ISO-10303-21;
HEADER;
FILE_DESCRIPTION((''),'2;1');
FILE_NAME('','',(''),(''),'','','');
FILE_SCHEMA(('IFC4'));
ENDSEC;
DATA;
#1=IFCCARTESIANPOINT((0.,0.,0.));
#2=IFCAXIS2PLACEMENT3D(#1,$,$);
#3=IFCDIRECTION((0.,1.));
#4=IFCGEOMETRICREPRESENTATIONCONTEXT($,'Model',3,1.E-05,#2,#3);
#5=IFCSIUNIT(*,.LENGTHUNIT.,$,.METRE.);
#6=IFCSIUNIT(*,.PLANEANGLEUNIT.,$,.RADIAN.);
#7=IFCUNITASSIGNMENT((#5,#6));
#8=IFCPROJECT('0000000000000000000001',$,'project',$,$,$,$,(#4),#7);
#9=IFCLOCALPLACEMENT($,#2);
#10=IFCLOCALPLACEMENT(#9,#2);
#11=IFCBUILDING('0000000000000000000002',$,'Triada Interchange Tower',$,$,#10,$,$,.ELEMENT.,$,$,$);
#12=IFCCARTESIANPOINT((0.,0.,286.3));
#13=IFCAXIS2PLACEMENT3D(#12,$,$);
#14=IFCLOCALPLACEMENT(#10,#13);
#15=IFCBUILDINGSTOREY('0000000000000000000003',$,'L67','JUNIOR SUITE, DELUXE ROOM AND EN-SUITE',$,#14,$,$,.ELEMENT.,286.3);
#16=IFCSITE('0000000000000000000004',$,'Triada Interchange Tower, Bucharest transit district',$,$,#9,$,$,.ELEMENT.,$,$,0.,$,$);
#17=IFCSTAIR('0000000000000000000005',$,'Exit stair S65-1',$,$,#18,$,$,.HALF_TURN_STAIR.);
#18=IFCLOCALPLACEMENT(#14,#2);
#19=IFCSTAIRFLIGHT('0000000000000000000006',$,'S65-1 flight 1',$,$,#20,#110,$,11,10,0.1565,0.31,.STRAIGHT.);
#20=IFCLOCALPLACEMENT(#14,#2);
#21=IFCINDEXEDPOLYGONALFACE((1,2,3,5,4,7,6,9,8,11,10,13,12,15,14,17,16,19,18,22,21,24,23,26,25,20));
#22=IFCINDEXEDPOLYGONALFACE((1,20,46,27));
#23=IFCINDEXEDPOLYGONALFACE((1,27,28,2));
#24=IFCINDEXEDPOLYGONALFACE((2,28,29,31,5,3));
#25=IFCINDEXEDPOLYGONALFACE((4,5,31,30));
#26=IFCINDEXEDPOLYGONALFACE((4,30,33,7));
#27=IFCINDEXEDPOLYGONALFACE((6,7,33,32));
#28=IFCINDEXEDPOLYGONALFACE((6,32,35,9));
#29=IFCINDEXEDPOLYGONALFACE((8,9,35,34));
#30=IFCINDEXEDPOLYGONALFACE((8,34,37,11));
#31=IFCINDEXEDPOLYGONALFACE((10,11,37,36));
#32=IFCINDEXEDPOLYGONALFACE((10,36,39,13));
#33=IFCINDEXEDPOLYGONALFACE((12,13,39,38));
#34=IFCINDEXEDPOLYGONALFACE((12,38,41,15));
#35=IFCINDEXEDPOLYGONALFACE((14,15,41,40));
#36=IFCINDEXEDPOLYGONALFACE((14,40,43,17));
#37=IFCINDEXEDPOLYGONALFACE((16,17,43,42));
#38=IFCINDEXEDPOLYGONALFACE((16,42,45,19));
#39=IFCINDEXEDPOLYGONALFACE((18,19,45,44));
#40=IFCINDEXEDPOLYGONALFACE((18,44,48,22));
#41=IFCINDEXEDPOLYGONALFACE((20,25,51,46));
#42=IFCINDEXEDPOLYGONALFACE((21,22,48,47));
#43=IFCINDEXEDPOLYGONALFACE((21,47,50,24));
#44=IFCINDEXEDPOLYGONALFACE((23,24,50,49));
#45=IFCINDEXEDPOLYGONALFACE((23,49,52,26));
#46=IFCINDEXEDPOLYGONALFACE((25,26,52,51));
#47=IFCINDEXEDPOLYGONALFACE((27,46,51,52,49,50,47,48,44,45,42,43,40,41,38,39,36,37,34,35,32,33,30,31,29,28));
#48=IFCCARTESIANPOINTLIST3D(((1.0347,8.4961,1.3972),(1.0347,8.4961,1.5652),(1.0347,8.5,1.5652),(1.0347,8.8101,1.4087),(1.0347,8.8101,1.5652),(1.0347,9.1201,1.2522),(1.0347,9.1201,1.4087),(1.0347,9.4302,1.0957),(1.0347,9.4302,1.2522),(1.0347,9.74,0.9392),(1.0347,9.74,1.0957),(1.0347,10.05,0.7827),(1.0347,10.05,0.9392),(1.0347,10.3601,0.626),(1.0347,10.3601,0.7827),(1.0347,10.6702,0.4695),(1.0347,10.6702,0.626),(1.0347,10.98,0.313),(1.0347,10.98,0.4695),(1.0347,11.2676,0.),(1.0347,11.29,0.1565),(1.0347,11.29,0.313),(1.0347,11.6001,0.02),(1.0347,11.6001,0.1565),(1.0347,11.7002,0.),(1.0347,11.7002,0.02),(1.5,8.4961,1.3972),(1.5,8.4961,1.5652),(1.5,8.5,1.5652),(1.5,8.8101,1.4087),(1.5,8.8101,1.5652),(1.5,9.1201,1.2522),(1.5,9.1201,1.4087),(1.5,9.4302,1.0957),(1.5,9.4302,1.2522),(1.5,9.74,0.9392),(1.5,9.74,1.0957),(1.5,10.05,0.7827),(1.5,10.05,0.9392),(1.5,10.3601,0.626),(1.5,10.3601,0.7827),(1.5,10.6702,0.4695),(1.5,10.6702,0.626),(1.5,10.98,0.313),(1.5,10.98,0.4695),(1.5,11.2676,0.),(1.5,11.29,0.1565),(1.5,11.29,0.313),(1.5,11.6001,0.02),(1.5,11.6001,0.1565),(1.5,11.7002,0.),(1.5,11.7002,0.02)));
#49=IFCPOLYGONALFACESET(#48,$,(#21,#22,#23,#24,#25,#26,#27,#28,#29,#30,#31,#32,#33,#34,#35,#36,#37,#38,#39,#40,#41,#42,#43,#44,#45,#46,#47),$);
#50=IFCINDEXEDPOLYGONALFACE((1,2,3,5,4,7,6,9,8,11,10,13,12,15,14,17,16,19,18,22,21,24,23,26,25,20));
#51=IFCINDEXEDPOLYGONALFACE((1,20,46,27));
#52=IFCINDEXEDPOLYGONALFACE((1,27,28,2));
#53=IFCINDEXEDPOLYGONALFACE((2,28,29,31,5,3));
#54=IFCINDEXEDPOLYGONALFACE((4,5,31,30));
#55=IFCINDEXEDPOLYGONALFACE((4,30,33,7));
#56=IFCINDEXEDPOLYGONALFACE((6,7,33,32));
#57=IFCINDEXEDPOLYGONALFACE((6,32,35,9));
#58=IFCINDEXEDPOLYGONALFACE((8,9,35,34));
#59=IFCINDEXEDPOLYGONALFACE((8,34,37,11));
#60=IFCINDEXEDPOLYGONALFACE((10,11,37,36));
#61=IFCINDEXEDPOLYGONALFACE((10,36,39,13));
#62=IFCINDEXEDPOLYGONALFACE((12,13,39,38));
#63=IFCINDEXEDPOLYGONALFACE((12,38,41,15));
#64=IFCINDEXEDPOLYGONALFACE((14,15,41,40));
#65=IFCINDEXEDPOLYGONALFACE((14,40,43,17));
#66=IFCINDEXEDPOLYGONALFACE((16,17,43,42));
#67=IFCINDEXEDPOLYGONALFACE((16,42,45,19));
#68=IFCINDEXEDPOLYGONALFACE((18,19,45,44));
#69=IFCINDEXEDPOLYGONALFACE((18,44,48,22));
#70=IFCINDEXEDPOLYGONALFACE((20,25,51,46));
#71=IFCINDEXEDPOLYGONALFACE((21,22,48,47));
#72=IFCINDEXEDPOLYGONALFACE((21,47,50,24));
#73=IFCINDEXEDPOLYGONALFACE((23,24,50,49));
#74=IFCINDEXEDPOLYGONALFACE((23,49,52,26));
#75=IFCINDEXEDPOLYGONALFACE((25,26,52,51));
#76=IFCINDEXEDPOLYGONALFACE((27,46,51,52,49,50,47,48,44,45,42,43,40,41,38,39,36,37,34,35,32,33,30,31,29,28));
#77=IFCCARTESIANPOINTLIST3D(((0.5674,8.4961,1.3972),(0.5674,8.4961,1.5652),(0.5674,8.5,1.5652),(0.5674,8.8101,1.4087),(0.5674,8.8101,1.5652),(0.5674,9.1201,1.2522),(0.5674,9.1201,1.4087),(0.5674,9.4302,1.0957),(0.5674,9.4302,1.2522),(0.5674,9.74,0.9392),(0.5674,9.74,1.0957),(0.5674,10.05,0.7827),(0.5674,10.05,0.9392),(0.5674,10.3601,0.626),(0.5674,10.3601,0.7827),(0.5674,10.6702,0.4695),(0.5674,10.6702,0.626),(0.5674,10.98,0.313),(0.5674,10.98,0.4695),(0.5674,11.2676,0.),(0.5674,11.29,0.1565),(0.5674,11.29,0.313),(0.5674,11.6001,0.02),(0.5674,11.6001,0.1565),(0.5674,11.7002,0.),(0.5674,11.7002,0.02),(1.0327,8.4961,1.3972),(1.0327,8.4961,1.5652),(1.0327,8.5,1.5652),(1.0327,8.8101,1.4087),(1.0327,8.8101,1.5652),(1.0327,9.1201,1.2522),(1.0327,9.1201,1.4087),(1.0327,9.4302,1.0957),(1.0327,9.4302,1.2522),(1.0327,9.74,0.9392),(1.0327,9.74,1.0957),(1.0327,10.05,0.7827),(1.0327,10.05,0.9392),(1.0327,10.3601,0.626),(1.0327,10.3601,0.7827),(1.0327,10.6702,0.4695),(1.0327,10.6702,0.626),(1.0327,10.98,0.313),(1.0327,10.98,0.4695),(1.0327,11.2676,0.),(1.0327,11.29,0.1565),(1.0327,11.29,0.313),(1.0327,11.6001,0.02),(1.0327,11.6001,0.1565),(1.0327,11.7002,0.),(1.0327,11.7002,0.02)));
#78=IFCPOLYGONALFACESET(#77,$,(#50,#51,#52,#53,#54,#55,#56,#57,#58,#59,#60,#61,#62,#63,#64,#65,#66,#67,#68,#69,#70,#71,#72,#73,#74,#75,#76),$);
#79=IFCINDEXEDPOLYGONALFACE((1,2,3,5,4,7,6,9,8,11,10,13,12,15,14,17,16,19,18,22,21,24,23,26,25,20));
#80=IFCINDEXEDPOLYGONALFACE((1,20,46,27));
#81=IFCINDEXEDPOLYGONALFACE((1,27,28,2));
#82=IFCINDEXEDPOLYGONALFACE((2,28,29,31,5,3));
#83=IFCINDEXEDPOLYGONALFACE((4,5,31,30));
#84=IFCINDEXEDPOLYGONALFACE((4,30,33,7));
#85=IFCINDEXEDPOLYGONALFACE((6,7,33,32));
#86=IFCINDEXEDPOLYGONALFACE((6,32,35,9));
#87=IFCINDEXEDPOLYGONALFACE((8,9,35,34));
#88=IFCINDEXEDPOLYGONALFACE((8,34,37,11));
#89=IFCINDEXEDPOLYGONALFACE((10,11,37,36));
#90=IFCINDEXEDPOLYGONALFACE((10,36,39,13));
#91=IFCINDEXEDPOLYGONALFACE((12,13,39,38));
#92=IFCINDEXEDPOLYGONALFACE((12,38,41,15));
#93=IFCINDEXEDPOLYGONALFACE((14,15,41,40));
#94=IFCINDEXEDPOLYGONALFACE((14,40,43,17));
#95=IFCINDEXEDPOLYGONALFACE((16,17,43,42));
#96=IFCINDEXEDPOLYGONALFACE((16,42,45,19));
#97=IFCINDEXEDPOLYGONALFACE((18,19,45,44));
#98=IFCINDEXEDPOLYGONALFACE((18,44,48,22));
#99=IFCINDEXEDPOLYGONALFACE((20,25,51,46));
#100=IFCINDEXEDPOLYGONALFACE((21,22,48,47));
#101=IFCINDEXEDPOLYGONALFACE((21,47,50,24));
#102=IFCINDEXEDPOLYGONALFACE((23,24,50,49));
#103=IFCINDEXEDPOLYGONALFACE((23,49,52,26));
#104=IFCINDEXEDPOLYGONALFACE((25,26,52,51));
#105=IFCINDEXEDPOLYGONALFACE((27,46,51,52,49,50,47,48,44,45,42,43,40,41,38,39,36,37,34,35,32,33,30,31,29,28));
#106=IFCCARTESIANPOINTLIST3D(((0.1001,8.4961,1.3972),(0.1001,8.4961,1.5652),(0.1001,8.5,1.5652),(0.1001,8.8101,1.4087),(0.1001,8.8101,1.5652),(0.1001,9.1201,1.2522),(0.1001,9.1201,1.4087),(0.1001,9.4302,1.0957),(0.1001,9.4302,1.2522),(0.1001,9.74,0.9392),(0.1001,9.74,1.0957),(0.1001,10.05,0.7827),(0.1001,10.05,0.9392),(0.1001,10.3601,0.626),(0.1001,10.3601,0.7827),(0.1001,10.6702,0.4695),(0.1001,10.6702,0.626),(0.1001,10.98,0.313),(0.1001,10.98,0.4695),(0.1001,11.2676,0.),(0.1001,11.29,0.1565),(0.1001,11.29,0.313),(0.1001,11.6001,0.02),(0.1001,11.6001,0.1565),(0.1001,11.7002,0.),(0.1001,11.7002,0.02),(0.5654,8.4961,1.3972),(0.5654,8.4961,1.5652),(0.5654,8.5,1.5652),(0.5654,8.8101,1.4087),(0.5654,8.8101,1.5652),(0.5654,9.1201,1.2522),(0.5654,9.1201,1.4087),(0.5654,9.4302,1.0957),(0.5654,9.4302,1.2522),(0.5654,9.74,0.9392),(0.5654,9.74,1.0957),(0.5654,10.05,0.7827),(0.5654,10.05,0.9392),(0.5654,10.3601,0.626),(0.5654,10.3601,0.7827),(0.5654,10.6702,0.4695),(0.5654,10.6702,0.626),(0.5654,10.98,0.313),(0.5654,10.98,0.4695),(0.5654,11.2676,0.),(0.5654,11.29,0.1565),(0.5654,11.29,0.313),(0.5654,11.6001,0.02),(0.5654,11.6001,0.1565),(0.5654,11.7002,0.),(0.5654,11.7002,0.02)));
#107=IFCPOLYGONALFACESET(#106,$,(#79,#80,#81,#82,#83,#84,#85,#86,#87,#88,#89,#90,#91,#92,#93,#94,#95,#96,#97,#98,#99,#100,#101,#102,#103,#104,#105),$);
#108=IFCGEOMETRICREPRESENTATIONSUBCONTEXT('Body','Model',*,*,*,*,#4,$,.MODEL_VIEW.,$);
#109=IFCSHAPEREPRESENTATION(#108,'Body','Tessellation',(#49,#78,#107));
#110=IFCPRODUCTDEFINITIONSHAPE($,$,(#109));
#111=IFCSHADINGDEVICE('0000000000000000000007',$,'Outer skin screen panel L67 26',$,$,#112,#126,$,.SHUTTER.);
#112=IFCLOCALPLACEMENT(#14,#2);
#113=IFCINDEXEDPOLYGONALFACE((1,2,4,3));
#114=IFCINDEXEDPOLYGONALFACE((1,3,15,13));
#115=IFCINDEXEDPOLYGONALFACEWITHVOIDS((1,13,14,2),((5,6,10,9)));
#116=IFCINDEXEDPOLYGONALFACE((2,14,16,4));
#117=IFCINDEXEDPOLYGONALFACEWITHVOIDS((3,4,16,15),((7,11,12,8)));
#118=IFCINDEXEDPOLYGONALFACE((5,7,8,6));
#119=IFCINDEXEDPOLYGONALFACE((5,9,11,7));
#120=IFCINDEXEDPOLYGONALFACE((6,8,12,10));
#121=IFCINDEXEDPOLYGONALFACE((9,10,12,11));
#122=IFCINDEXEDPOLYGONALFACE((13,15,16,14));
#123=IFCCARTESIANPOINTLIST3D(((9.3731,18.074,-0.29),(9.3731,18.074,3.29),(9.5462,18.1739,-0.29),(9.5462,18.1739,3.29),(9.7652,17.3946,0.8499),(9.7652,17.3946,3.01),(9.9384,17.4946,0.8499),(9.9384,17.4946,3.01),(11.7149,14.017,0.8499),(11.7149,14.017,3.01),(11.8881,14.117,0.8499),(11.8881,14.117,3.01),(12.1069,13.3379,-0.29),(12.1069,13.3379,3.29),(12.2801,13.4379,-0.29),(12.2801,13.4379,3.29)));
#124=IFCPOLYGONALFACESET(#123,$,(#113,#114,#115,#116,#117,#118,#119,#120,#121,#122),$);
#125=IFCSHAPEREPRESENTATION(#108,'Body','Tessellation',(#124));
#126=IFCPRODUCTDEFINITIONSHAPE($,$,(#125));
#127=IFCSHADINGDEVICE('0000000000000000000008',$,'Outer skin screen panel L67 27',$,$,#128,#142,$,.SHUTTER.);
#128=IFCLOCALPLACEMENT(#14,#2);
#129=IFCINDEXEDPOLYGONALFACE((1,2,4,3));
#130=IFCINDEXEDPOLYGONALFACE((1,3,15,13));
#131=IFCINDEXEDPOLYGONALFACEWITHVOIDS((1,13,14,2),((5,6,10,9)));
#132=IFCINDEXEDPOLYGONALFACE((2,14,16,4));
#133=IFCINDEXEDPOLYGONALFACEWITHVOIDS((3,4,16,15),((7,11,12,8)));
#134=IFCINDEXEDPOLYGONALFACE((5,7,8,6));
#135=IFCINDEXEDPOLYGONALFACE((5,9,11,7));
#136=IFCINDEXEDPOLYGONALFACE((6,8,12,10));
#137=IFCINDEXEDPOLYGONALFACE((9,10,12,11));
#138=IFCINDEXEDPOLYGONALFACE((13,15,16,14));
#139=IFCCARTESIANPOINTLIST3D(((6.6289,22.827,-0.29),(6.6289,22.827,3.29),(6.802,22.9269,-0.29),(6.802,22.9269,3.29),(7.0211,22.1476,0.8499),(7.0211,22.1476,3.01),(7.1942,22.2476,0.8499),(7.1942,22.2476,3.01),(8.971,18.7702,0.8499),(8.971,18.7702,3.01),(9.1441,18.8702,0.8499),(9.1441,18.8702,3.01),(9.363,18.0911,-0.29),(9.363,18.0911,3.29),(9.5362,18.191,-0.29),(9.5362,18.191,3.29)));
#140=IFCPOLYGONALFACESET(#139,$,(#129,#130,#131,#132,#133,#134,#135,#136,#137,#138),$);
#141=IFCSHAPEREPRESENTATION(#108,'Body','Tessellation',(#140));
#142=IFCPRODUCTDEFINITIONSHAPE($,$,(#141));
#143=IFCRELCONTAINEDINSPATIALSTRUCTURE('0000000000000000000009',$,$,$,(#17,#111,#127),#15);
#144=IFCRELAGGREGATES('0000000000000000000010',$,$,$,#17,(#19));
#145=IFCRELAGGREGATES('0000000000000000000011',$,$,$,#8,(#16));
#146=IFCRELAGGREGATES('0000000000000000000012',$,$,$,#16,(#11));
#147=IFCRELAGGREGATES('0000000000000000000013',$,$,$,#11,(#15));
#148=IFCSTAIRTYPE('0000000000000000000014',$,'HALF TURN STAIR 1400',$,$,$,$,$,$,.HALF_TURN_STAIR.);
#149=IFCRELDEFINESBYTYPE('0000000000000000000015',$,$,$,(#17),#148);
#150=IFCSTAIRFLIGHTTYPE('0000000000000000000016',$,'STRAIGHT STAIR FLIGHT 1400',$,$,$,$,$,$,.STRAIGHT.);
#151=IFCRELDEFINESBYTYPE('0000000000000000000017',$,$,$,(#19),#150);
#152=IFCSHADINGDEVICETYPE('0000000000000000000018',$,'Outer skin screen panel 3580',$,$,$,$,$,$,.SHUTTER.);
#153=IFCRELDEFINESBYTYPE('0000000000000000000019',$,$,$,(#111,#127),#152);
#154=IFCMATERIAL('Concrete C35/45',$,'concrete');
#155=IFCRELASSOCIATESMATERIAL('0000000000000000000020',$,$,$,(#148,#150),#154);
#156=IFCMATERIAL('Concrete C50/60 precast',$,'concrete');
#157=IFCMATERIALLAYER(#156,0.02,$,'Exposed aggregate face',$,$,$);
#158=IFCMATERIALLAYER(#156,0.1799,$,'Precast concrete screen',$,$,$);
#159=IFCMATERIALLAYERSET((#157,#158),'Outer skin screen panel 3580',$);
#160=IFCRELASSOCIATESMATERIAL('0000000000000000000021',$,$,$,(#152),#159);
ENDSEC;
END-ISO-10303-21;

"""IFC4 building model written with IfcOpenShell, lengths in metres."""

from ifc_helpers import new_model, si_unit, direction, frame, origin, place, context, subcontext, project, spatial, polyline, outline, extrude, material, layer, layer_set, type_object, element, aggregate, save


model = new_model("IFC4")

# Units and contexts
model_context = context("Model", 3, precision=1e-05, world=origin(), true_north=direction((0.0, 1.0)))
body_context = subcontext(model_context, "Body", "Model", "MODEL_VIEW")
ifc_project = project(units=[si_unit("LENGTHUNIT", "METRE"), si_unit("PLANEANGLEUNIT", "RADIAN")], contexts=[model_context])

# Site, building, storey
site_placement = place(None, origin())
site = spatial("IfcSite", under=ifc_project, at=site_placement, Name="Triada Interchange Tower, Bucharest transit district", CompositionType="ELEMENT", RefElevation=0.0)
building_placement = place(site_placement, origin())
building = spatial("IfcBuilding", under=site, at=building_placement, Name="Triada Interchange Tower", CompositionType="ELEMENT")
storey_placement = place(building_placement, frame((0.0, 0.0, 286.3)))
storey = spatial("IfcBuildingStorey", under=building, at=storey_placement, Name="L67", Description="JUNIOR SUITE, DELUXE ROOM AND EN-SUITE", CompositionType="ELEMENT", Elevation=286.3)

# Stair, stair flight
ifc_material_1 = material(Name="Concrete C35/45", Category="concrete")
stair_type = type_object("IfcStairType", Name="HALF TURN STAIR 1400", PredefinedType="HALF_TURN_STAIR", material=ifc_material_1)
stair_placement = place(storey_placement, origin())
stair = element("IfcStair", 1, at=stair_placement, inside=storey, type_object=stair_type, Name="Exit stair S65-1", PredefinedType="HALF_TURN_STAIR")
stair_flight_type = type_object("IfcStairFlightType", Name="STRAIGHT STAIR FLIGHT 1400", PredefinedType="STRAIGHT", material=ifc_material_1)
stair_flight_placement = place(storey_placement, frame((0.8, 11.6001, 0.0), z_axis=(0.0, 0.0, 1.0), x_axis=(0.0, -1.0, 0.0)))
stair_flight = element("IfcStairFlight", 2, at=stair_flight_placement, type_object=stair_flight_type, Name="S65-1 flight 1", NumberOfRisers=11, NumberOfTreads=10, PredefinedType="STRAIGHT", RiserHeight=0.1565, TreadLength=0.31, context=body_context, shape_type="SweptSolid", body=[
    extrude(outline(polyline([(-0.1001, 0.0), (-0.1001, 0.02), (0.0, 0.02), (0.0, 0.1565), (0.3101, 0.1565), (0.3101, 0.313), (0.6201, 0.313), (0.6201, 0.4695), (0.9299, 0.4695), (0.9299, 0.626), (1.24, 0.626), (1.24, 0.7827), (1.55, 0.7827), (1.55, 0.9392), (1.8601, 0.9392), (1.8601, 1.0957), (2.1699, 1.0957), (2.1699, 1.2522), (2.48, 1.2522), (2.48, 1.4087), (2.79, 1.4087), (2.79, 1.5652), (3.1001, 1.5652), (3.104, 1.5652), (3.104, 1.7217), (3.104, 1.3972), (0.3325, 0.0), (-0.1001, 0.0)])), frame((0.0, 0.7, 0.0), z_axis=(0.0, -1.0, 0.0), x_axis=(1.0, 0.0, 0.0)), (0.0, 0.0, 1.0), 0.4653),
    extrude(outline(polyline([(-0.1001, 0.0), (-0.1001, 0.02), (0.0, 0.02), (0.0, 0.1565), (0.3101, 0.1565), (0.3101, 0.313), (0.6201, 0.313), (0.6201, 0.4695), (0.9299, 0.4695), (0.9299, 0.626), (1.24, 0.626), (1.24, 0.7827), (1.55, 0.7827), (1.55, 0.9392), (1.8601, 0.9392), (1.8601, 1.0957), (2.1699, 1.0957), (2.1699, 1.2522), (2.48, 1.2522), (2.48, 1.4087), (2.79, 1.4087), (2.79, 1.5652), (3.1001, 1.5652), (3.104, 1.5652), (3.104, 1.7217), (3.104, 1.3972), (0.3325, 0.0), (-0.1001, 0.0)])), frame((0.0, 0.2327, 0.0), z_axis=(0.0, -1.0, 0.0), x_axis=(1.0, 0.0, 0.0)), (0.0, 0.0, 1.0), 0.4653),
    extrude(outline(polyline([(-0.1001, 0.0), (-0.1001, 0.02), (0.0, 0.02), (0.0, 0.1565), (0.3101, 0.1565), (0.3101, 0.313), (0.6201, 0.313), (0.6201, 0.4695), (0.9299, 0.4695), (0.9299, 0.626), (1.24, 0.626), (1.24, 0.7827), (1.55, 0.7827), (1.55, 0.9392), (1.8601, 0.9392), (1.8601, 1.0957), (2.1699, 1.0957), (2.1699, 1.2522), (2.48, 1.2522), (2.48, 1.4087), (2.79, 1.4087), (2.79, 1.5652), (3.1001, 1.5652), (3.104, 1.5652), (3.104, 1.7217), (3.104, 1.3972), (0.3325, 0.0), (-0.1001, 0.0)])), frame((0.0, -0.2346, 0.0), z_axis=(0.0, -1.0, 0.0), x_axis=(1.0, 0.0, 0.0)), (0.0, 0.0, 1.0), 0.4653),
])

# Shading devices
ifc_material_2 = material(Name="Concrete C50/60 precast", Category="concrete")
ifc_layer_1 = layer(ifc_material_2, 0.02, Name="Exposed aggregate face")
ifc_layer_2 = layer(ifc_material_2, 0.1799, Name="Precast concrete screen")
ifc_layer_set_1 = layer_set([ifc_layer_1, ifc_layer_2], Name="Outer skin screen panel 3580")
shading_device_type = type_object("IfcShadingDeviceType", Name="Outer skin screen panel 3580", PredefinedType="SHUTTER", material=ifc_layer_set_1)
for number, where, z_axis, x_axis, name in (
    (3, (12.1069, 13.3379, -0.29), (0.0, 0.0, 1.0), (-0.499932, 0.866064, 0.0), "Outer skin screen panel L67 26"),
    (4, (9.363, 18.0911, -0.29), (0.0, 0.0, 1.0), (-0.499985, 0.866034, 0.0), "Outer skin screen panel L67 27"),
):
    element("IfcShadingDevice", number, at=place(storey_placement, frame(where, z_axis=z_axis, x_axis=x_axis)), inside=storey, type_object=shading_device_type, Name=name, PredefinedType="SHUTTER", context=body_context, shape_type="SweptSolid", body=[
        extrude(outline(polyline([(0.0, 0.0), (5.4685, 0.0), (5.4685, 3.5801), (0.0, 3.5801), (0.0, 0.0)]), holes=[polyline([(0.7842, 1.1399), (0.7842, 3.3), (4.6841, 3.3), (4.6841, 1.1399), (0.7842, 1.1399)])]), frame((0.0, 0.0, 0.0), z_axis=(0.0, -1.0, 0.0), x_axis=(1.0, 0.0, 0.0)), (0.0, 0.0, 1.0), 0.2),
    ])

aggregate(stair, [stair_flight])

save(model, "model.ifc")
